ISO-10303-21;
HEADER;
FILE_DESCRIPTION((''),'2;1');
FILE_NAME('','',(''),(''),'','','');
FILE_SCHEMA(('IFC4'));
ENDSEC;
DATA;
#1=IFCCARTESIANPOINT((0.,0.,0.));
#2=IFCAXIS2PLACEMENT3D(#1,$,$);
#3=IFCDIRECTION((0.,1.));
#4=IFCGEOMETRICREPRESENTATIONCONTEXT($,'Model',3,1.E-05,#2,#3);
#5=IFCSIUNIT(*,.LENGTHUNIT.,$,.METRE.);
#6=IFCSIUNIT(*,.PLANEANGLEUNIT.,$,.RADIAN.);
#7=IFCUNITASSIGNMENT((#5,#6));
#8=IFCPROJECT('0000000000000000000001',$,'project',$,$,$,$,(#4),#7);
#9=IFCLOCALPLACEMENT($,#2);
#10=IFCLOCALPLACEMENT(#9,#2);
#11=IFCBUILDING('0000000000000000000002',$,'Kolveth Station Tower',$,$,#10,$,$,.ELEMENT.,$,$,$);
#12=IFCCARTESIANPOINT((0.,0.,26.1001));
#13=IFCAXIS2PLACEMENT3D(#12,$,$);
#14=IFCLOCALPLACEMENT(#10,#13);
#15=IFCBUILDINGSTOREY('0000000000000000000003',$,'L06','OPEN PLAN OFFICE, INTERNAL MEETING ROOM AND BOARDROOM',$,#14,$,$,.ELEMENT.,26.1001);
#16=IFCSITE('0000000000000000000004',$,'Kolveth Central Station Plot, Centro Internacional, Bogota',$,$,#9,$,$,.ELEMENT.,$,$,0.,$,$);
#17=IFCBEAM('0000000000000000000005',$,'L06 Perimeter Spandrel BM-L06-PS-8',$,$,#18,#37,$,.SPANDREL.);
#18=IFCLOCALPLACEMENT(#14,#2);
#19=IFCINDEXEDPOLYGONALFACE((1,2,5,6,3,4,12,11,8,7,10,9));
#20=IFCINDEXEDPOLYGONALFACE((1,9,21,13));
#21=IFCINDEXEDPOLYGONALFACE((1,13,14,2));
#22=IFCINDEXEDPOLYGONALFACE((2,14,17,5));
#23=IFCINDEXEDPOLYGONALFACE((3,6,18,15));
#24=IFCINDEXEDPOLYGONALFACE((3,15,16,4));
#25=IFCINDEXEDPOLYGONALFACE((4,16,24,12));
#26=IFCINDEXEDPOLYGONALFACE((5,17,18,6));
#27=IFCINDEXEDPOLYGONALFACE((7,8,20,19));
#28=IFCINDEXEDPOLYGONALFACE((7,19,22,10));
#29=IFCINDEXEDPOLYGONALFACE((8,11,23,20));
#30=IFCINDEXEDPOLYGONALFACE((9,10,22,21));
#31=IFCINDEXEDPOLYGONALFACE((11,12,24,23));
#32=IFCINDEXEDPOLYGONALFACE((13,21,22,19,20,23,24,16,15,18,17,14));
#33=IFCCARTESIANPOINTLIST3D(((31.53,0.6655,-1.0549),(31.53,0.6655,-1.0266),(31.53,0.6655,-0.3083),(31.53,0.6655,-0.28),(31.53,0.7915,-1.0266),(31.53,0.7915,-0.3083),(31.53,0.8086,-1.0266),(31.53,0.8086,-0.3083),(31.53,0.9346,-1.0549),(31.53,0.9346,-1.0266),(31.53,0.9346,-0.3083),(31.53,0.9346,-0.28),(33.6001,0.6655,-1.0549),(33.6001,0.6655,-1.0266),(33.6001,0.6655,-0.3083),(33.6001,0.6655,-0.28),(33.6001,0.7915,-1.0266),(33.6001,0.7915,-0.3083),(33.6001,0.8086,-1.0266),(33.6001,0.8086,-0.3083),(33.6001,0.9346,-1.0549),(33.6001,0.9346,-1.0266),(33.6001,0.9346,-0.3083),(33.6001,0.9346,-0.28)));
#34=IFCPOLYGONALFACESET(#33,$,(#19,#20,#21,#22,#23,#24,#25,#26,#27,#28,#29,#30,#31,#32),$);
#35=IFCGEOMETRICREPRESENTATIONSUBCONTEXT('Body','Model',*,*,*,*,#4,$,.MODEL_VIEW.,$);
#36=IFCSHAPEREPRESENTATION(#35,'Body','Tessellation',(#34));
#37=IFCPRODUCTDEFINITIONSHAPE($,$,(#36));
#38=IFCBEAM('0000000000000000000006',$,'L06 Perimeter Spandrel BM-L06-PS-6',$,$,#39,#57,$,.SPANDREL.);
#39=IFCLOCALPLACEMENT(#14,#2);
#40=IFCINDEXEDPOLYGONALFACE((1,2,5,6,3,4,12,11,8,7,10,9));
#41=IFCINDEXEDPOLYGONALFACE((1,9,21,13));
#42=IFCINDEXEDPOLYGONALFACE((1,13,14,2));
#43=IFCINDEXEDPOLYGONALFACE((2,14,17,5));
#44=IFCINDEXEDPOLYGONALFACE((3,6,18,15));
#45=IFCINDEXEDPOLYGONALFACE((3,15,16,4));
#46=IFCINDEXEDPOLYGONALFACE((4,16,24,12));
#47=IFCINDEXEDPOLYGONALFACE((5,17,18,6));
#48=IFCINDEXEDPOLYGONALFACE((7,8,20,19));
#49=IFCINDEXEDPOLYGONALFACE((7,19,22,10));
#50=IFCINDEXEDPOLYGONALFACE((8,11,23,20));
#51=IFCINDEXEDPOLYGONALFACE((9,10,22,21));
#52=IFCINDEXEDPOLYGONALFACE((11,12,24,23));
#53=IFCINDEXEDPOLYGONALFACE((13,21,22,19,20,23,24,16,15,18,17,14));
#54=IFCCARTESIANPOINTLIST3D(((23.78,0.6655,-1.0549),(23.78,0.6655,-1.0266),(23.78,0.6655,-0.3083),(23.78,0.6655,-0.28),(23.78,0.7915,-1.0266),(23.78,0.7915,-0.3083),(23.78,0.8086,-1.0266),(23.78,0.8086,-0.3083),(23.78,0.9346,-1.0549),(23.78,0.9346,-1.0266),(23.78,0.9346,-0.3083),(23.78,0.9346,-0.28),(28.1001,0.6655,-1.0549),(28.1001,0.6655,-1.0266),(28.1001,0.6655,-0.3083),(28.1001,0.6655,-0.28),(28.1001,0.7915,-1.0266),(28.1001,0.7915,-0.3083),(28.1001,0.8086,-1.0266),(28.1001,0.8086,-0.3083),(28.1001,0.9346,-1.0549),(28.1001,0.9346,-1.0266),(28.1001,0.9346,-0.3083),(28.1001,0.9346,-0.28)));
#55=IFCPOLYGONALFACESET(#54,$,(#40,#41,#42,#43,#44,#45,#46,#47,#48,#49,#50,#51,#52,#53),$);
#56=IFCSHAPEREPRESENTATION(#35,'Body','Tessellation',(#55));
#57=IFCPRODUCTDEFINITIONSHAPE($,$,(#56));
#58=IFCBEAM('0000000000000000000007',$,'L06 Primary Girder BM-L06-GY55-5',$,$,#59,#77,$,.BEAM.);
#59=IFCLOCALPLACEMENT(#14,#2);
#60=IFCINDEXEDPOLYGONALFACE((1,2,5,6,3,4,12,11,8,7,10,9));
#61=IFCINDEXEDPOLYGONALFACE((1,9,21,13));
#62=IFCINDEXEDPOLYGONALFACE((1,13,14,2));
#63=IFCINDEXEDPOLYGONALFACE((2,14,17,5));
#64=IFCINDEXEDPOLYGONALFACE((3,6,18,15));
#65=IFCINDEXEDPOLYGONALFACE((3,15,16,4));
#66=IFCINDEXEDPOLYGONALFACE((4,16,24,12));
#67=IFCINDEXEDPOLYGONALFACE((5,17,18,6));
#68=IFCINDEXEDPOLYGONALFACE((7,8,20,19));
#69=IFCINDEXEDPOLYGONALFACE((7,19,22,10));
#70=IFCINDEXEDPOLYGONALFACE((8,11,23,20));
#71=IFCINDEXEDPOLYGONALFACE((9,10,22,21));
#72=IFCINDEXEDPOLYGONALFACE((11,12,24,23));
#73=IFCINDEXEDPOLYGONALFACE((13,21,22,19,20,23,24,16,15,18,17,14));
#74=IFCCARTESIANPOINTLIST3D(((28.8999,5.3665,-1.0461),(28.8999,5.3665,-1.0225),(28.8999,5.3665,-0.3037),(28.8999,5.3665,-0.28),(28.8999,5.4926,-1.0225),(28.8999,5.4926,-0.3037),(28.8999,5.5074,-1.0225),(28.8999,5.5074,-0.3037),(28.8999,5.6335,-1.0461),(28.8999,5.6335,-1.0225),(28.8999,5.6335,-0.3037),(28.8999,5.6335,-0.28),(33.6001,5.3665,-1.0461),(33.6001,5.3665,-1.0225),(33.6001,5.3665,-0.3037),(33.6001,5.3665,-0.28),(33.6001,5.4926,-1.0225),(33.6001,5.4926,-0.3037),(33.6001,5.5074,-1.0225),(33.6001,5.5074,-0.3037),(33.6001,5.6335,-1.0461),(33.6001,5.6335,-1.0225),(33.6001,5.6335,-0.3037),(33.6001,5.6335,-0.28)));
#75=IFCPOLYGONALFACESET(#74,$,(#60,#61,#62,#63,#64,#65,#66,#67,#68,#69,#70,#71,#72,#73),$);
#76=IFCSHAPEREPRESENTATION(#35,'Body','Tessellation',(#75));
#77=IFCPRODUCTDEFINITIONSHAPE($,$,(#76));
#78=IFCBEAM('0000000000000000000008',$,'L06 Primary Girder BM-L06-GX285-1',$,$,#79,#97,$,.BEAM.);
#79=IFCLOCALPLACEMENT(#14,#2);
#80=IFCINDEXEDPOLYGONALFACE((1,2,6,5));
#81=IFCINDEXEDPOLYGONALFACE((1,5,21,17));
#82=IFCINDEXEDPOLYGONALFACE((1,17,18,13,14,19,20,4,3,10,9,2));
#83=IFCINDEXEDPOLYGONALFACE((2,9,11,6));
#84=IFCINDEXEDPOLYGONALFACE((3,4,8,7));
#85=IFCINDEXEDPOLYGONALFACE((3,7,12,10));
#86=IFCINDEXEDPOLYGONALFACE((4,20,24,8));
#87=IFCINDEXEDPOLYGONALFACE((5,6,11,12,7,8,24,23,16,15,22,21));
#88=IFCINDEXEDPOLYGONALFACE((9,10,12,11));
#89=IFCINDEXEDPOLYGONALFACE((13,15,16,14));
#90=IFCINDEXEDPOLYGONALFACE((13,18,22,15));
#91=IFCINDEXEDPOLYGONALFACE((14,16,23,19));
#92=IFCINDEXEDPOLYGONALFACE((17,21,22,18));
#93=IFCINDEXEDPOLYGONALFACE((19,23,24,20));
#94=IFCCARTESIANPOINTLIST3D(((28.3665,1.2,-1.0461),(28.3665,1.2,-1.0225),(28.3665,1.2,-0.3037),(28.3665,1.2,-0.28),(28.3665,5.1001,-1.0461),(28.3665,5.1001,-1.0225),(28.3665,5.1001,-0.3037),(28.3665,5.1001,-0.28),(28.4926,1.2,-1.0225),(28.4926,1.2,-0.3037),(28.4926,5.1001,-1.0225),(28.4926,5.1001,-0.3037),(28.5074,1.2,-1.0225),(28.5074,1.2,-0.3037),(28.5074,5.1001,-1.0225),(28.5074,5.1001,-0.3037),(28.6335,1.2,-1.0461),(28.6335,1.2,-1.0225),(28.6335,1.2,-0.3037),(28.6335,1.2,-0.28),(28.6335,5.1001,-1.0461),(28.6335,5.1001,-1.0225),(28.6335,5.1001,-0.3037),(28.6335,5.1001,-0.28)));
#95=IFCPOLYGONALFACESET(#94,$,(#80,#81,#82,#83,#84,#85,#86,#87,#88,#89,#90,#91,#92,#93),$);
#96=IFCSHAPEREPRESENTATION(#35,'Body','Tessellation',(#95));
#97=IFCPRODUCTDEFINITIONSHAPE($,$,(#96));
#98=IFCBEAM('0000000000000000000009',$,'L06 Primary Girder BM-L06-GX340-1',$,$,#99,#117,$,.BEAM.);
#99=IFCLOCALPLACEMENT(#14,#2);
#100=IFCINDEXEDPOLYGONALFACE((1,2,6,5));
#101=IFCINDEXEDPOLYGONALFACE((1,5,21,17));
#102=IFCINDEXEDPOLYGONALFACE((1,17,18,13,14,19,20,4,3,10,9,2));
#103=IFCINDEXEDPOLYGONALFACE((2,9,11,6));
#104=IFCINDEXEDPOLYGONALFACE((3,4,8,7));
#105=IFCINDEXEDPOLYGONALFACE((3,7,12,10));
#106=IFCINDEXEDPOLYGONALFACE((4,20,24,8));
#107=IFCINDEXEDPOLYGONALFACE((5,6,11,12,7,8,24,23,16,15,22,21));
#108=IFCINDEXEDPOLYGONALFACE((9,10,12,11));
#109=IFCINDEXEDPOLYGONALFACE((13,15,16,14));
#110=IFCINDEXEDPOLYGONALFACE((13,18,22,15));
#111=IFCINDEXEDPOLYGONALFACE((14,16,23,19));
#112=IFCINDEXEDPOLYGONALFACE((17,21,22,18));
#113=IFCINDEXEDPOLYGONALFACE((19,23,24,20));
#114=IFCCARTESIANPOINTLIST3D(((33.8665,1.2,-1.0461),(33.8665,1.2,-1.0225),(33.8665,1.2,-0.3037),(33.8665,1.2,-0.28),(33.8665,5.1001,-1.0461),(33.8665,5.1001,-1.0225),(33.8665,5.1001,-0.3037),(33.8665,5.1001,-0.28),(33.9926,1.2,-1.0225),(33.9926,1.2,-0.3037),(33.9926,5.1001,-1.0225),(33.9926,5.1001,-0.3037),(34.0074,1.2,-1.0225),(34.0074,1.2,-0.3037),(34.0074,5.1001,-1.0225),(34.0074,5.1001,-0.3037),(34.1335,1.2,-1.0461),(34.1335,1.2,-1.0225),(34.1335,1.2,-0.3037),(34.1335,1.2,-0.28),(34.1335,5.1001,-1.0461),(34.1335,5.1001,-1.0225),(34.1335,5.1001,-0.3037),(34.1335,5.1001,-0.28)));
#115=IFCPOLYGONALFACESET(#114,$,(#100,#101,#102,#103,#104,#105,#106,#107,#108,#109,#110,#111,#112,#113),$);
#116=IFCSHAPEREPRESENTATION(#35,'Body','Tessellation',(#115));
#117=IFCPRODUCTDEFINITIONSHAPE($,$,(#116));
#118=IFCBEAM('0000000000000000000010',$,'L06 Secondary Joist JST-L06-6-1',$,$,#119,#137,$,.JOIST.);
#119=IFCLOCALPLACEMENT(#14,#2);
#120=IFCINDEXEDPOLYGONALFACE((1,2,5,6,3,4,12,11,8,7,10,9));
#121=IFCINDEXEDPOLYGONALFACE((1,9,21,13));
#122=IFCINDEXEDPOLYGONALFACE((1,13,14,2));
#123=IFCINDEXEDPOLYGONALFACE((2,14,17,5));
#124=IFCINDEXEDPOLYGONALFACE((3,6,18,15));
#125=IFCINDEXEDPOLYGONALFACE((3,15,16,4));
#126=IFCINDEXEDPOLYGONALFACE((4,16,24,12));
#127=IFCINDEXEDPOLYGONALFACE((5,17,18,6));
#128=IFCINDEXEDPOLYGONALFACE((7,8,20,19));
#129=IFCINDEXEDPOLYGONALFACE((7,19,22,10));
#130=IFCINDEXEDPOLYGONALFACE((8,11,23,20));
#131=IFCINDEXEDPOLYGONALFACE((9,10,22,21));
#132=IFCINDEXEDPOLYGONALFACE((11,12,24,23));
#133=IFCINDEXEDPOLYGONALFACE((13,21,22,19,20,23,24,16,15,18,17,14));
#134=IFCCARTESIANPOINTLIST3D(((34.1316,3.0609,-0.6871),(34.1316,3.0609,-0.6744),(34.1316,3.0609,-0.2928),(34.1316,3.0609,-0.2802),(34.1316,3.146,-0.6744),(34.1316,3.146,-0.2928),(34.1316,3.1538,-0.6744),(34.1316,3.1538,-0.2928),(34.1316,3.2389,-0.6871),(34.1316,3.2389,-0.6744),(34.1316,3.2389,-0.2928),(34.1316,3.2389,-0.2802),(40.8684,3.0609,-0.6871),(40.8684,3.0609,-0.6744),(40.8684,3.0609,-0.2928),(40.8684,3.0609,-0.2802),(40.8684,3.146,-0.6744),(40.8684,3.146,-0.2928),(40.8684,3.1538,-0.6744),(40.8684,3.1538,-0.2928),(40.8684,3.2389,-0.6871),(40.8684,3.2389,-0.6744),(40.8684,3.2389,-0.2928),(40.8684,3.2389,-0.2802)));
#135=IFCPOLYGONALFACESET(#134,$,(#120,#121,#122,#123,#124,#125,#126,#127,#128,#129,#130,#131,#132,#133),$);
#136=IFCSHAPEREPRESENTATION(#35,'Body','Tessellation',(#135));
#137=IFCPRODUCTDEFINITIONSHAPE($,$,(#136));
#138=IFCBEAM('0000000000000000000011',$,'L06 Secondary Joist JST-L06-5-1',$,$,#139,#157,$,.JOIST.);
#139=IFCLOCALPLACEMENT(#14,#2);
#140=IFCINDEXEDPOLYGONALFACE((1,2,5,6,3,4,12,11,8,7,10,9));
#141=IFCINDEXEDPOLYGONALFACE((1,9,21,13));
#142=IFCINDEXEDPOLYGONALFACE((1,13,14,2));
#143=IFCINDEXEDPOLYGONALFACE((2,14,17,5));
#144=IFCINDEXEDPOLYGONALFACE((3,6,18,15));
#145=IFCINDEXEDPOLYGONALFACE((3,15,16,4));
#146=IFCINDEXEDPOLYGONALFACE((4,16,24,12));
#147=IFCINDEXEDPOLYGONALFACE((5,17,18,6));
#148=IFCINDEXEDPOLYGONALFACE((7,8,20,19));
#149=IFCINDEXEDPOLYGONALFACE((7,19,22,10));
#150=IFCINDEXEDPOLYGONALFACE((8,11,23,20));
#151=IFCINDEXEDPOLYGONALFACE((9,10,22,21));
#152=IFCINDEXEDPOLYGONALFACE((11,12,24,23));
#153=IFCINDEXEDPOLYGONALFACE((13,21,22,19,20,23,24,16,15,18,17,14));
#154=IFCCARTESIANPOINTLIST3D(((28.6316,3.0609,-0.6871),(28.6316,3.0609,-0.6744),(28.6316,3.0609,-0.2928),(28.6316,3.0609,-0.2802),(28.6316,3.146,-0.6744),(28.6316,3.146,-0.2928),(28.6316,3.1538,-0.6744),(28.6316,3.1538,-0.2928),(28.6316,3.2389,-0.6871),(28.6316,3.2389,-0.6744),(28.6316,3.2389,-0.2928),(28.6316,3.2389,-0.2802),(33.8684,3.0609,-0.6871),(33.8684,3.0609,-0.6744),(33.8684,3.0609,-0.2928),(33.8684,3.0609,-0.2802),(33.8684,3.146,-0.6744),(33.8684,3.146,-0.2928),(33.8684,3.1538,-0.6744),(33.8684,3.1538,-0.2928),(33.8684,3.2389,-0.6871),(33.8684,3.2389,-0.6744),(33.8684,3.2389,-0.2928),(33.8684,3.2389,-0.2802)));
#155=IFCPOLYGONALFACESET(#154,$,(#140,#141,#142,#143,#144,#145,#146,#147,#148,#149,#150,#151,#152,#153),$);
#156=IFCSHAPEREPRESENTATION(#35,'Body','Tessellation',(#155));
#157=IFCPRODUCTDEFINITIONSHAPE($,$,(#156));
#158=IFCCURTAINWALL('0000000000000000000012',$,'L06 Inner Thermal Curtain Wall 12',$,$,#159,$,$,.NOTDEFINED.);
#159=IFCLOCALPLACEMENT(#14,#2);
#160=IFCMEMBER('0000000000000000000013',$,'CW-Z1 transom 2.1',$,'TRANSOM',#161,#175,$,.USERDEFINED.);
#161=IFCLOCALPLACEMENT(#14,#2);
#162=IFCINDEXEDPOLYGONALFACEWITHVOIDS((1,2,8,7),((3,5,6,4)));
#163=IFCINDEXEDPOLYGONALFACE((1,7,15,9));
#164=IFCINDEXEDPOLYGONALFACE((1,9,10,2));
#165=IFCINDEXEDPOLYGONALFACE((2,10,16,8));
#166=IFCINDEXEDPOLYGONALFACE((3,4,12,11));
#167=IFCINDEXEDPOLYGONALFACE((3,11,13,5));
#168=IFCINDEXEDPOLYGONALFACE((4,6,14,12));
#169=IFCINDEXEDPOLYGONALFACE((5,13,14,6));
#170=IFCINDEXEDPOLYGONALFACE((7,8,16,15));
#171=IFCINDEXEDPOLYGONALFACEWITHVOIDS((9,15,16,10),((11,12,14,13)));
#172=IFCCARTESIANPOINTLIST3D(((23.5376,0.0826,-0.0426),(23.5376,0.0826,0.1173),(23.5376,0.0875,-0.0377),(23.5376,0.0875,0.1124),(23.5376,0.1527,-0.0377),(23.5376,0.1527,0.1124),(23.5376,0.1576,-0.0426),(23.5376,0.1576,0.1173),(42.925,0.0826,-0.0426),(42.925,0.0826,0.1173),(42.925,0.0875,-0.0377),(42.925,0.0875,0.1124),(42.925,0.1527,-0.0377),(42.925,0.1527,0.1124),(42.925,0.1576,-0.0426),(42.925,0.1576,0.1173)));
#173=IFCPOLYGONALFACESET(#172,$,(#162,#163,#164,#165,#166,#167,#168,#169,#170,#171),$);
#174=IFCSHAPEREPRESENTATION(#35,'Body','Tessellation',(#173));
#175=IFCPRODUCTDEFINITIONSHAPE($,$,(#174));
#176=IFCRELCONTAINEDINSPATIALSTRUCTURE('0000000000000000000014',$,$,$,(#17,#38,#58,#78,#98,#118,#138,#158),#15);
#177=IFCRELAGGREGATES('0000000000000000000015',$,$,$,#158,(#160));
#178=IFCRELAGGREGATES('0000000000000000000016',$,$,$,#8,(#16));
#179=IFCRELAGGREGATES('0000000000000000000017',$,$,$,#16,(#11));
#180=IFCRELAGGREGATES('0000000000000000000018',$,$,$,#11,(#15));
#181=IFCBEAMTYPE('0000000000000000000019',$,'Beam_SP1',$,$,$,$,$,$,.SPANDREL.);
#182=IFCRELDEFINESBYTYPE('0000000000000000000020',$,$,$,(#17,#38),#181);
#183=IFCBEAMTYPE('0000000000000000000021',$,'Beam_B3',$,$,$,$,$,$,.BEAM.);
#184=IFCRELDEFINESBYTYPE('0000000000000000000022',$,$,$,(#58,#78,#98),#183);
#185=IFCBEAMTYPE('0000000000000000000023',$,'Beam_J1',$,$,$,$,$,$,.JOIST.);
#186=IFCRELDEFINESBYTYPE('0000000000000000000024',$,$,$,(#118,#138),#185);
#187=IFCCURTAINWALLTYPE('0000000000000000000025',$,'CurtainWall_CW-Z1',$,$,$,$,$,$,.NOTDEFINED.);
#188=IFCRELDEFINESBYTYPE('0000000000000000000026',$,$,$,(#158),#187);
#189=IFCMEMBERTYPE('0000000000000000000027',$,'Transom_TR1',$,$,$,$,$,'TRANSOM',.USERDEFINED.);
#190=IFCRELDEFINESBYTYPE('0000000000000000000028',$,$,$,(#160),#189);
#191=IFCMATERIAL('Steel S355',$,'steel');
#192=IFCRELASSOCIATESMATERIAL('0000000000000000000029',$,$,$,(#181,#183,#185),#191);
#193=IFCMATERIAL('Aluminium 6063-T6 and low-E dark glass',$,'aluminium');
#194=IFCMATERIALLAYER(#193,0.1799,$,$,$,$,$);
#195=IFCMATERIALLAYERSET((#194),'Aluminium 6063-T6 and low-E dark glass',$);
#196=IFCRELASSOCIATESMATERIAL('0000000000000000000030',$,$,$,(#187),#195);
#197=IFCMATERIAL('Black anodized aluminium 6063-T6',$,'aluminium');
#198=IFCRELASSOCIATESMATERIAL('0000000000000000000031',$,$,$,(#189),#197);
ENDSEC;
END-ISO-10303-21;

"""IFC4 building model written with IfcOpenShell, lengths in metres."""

from ifc_helpers import new_model, si_unit, direction, frame, origin, origin_2d, place, context, subcontext, project, spatial, hollow_rectangle, i_section, extrude, source, transform, mapped, material, layer, layer_set, material_profile, profile_set, type_object, element, aggregate, save


model = new_model("IFC4")

# Units and contexts
model_context = context("Model", 3, precision=1e-05, world=origin(), true_north=direction((0.0, 1.0)))
body_context = subcontext(model_context, "Body", "Model", "MODEL_VIEW")
ifc_project = project(units=[si_unit("LENGTHUNIT", "METRE"), si_unit("PLANEANGLEUNIT", "RADIAN")], contexts=[model_context])

# Site, building, storey
site_placement = place(None, origin())
site = spatial("IfcSite", under=ifc_project, at=site_placement, Name="Kolveth Central Station Plot, Centro Internacional, Bogota", CompositionType="ELEMENT", RefElevation=0.0)
building_placement = place(site_placement, origin())
building = spatial("IfcBuilding", under=site, at=building_placement, Name="Kolveth Station Tower", CompositionType="ELEMENT")
storey_placement = place(building_placement, frame((0.0, 0.0, 26.1001)))
storey = spatial("IfcBuildingStorey", under=building, at=storey_placement, Name="L06", Description="OPEN PLAN OFFICE, INTERNAL MEETING ROOM AND BOARDROOM", CompositionType="ELEMENT", Elevation=26.1001)

# Shared definitions
ifc_material_1 = material(Name="Steel S355", Category="steel")

# Beams
ifc_material_profile_1 = material_profile(ifc_material_1, i_section(OverallWidth=0.269, OverallDepth=0.7749, WebThickness=0.0171, FlangeThickness=0.0283, at=origin_2d()), Name="W760x220")
ifc_profile_set_1 = profile_set([ifc_material_profile_1], Name="Steel S355")
beam_type_1 = type_object("IfcBeamType", Name="Beam_SP1", PredefinedType="SPANDREL", material=ifc_profile_set_1)
shared_shape_1 = source(origin(), body_context, "Body", "SweptSolid", [
    extrude(i_section(OverallWidth=0.269, OverallDepth=0.7749, WebThickness=0.0171, FlangeThickness=0.0283, at=origin_2d()), origin(), (0.0, 0.0, 1.0), 2.0701),
])
for number, where, z_axis, x_axis, name in (
    (1, (31.53, 0.8, -0.6675), (1.0, 0.0, 0.0), (0.0, 1.0, 0.0), "L06 Perimeter Spandrel BM-L06-PS-8"),
):
    element("IfcBeam", number, at=place(storey_placement, frame(where, z_axis=z_axis, x_axis=x_axis)), inside=storey, type_object=beam_type_1, Name=name, PredefinedType="SPANDREL", context=body_context, shape_type="MappedRepresentation", body=[
        mapped(shared_shape_1, transform((0.0, 0.0, 0.0), x_axis=(1.0, 0.0, 0.0), y_axis=(0.0, 1.0, 0.0), z_axis=(0.0, 0.0, 1.0), scale=1.0)),
    ])
shared_shape_2 = source(origin(), body_context, "Body", "SweptSolid", [
    extrude(i_section(OverallWidth=0.269, OverallDepth=0.7749, WebThickness=0.0171, FlangeThickness=0.0283, at=origin_2d()), origin(), (0.0, 0.0, 1.0), 4.3201),
])
beam_1_placement = place(storey_placement, frame((23.78, 0.8, -0.6675), z_axis=(1.0, 0.0, 0.0), x_axis=(0.0, 1.0, 0.0)))
element("IfcBeam", 2, at=beam_1_placement, inside=storey, type_object=beam_type_1, Name="L06 Perimeter Spandrel BM-L06-PS-6", PredefinedType="SPANDREL", context=body_context, shape_type="MappedRepresentation", body=[
    mapped(shared_shape_2, transform((0.0, 0.0, 0.0), x_axis=(1.0, 0.0, 0.0), y_axis=(0.0, 1.0, 0.0), z_axis=(0.0, 0.0, 1.0), scale=1.0)),
])
ifc_material_profile_2 = material_profile(ifc_material_1, i_section(OverallWidth=0.2671, OverallDepth=0.7661, WebThickness=0.0149, FlangeThickness=0.0237, at=origin_2d()), Name="W760x185")
ifc_profile_set_2 = profile_set([ifc_material_profile_2], Name="Steel S355")
beam_type_2 = type_object("IfcBeamType", Name="Beam_B3", PredefinedType="BEAM", material=ifc_profile_set_2)
shared_shape_3 = source(origin(), body_context, "Body", "SweptSolid", [
    extrude(i_section(OverallWidth=0.2671, OverallDepth=0.7661, WebThickness=0.0149, FlangeThickness=0.0237, at=origin_2d()), origin(), (0.0, 0.0, 1.0), 4.7002),
])
beam_2_placement = place(storey_placement, frame((28.8999, 5.5, -0.6631), z_axis=(1.0, 0.0, 0.0), x_axis=(0.0, 1.0, 0.0)))
element("IfcBeam", 3, at=beam_2_placement, inside=storey, type_object=beam_type_2, Name="L06 Primary Girder BM-L06-GY55-5", PredefinedType="BEAM", context=body_context, shape_type="MappedRepresentation", body=[
    mapped(shared_shape_3, transform((0.0, 0.0, 0.0), x_axis=(1.0, 0.0, 0.0), y_axis=(0.0, 1.0, 0.0), z_axis=(0.0, 0.0, 1.0), scale=1.0)),
])
shared_shape_4 = source(origin(), body_context, "Body", "SweptSolid", [
    extrude(i_section(OverallWidth=0.2671, OverallDepth=0.7661, WebThickness=0.0149, FlangeThickness=0.0237, at=origin_2d()), origin(), (0.0, 0.0, 1.0), 3.9001),
])
for number, where, z_axis, x_axis, name in (
    (4, (28.5, 1.2, -0.6631), (0.0, 1.0, 0.0), (-1.0, 0.0, 0.0), "L06 Primary Girder BM-L06-GX285-1"),
    (5, (34.0, 1.2, -0.6631), (0.0, 1.0, 0.0), (-1.0, 0.0, 0.0), "L06 Primary Girder BM-L06-GX340-1"),
):
    element("IfcBeam", number, at=place(storey_placement, frame(where, z_axis=z_axis, x_axis=x_axis)), inside=storey, type_object=beam_type_2, Name=name, PredefinedType="BEAM", context=body_context, shape_type="MappedRepresentation", body=[
        mapped(shared_shape_4, transform((0.0, 0.0, 0.0), x_axis=(1.0, 0.0, 0.0), y_axis=(0.0, 1.0, 0.0), z_axis=(0.0, 0.0, 1.0), scale=1.0)),
    ])
ifc_material_profile_3 = material_profile(ifc_material_1, i_section(OverallWidth=0.178, OverallDepth=0.407, WebThickness=0.0078, FlangeThickness=0.0127, at=origin_2d()), Name="W410x60")
ifc_profile_set_3 = profile_set([ifc_material_profile_3], Name="Steel S355")
beam_type_3 = type_object("IfcBeamType", Name="Beam_J1", PredefinedType="JOIST", material=ifc_profile_set_3)
shared_shape_5 = source(origin(), body_context, "Body", "SweptSolid", [
    extrude(i_section(OverallWidth=0.178, OverallDepth=0.407, WebThickness=0.0078, FlangeThickness=0.0127, at=origin_2d()), origin(), (0.0, 0.0, 1.0), 6.7368),
])
beam_3_placement = place(storey_placement, frame((34.1316, 3.1499, -0.4836), z_axis=(1.0, 0.0, 0.0), x_axis=(0.0, 1.0, 0.0)))
element("IfcBeam", 6, at=beam_3_placement, inside=storey, type_object=beam_type_3, Name="L06 Secondary Joist JST-L06-6-1", PredefinedType="JOIST", context=body_context, shape_type="MappedRepresentation", body=[
    mapped(shared_shape_5, transform((0.0, 0.0, 0.0), x_axis=(1.0, 0.0, 0.0), y_axis=(0.0, 1.0, 0.0), z_axis=(0.0, 0.0, 1.0), scale=1.0)),
])
shared_shape_6 = source(origin(), body_context, "Body", "SweptSolid", [
    extrude(i_section(OverallWidth=0.178, OverallDepth=0.407, WebThickness=0.0078, FlangeThickness=0.0127, at=origin_2d()), origin(), (0.0, 0.0, 1.0), 5.2368),
])
beam_4_placement = place(storey_placement, frame((28.6316, 3.1499, -0.4836), z_axis=(1.0, 0.0, 0.0), x_axis=(0.0, 1.0, 0.0)))
element("IfcBeam", 7, at=beam_4_placement, inside=storey, type_object=beam_type_3, Name="L06 Secondary Joist JST-L06-5-1", PredefinedType="JOIST", context=body_context, shape_type="MappedRepresentation", body=[
    mapped(shared_shape_6, transform((0.0, 0.0, 0.0), x_axis=(1.0, 0.0, 0.0), y_axis=(0.0, 1.0, 0.0), z_axis=(0.0, 0.0, 1.0), scale=1.0)),
])

# Curtain wall, member
ifc_material_2 = material(Name="Aluminium 6063-T6 and low-E dark glass", Category="aluminium")
ifc_layer_1 = layer(ifc_material_2, 0.1799)
ifc_layer_set_1 = layer_set([ifc_layer_1], Name="Aluminium 6063-T6 and low-E dark glass")
curtain_wall_type = type_object("IfcCurtainWallType", Name="CurtainWall_CW-Z1", PredefinedType="NOTDEFINED", material=ifc_layer_set_1)
curtain_wall_placement = place(storey_placement, origin())
curtain_wall = element("IfcCurtainWall", 8, at=curtain_wall_placement, inside=storey, type_object=curtain_wall_type, Name="L06 Inner Thermal Curtain Wall 12", PredefinedType="NOTDEFINED")
ifc_material_3 = material(Name="Black anodized aluminium 6063-T6", Category="aluminium")
ifc_material_profile_4 = material_profile(ifc_material_3, hollow_rectangle(XDim=0.075, YDim=0.1599, WallThickness=0.0049, at=origin_2d()), Name="ALU-75x160x5")
ifc_profile_set_4 = profile_set([ifc_material_profile_4], Name="Black anodized aluminium 6063-T6")
member_type_1 = type_object("IfcMemberType", Name="Transom_TR1", ElementType="TRANSOM", PredefinedType="USERDEFINED", material=ifc_profile_set_4)
shared_shape_7 = source(origin(), body_context, "Body", "SweptSolid", [
    extrude(hollow_rectangle(XDim=0.075, YDim=0.1599, WallThickness=0.0049, at=origin_2d()), origin(), (0.0, 0.0, 1.0), 19.3875),
])
member_1_placement = place(storey_placement, frame((23.5376, 0.1201, 0.0374), z_axis=(1.0, 0.0, 0.0), x_axis=(0.0, 1.0, 0.0)))
member_1 = element("IfcMember", 9, at=member_1_placement, type_object=member_type_1, Name="CW-Z1 transom 2.1", ObjectType="TRANSOM", PredefinedType="USERDEFINED", context=body_context, shape_type="MappedRepresentation", body=[
    mapped(shared_shape_7, transform((0.0, 0.0, 0.0), x_axis=(1.0, 0.0, 0.0), y_axis=(0.0, 1.0, 0.0), z_axis=(0.0, 0.0, 1.0), scale=1.0)),
])
aggregate(curtain_wall, [member_1])

save(model, "model.ifc")
